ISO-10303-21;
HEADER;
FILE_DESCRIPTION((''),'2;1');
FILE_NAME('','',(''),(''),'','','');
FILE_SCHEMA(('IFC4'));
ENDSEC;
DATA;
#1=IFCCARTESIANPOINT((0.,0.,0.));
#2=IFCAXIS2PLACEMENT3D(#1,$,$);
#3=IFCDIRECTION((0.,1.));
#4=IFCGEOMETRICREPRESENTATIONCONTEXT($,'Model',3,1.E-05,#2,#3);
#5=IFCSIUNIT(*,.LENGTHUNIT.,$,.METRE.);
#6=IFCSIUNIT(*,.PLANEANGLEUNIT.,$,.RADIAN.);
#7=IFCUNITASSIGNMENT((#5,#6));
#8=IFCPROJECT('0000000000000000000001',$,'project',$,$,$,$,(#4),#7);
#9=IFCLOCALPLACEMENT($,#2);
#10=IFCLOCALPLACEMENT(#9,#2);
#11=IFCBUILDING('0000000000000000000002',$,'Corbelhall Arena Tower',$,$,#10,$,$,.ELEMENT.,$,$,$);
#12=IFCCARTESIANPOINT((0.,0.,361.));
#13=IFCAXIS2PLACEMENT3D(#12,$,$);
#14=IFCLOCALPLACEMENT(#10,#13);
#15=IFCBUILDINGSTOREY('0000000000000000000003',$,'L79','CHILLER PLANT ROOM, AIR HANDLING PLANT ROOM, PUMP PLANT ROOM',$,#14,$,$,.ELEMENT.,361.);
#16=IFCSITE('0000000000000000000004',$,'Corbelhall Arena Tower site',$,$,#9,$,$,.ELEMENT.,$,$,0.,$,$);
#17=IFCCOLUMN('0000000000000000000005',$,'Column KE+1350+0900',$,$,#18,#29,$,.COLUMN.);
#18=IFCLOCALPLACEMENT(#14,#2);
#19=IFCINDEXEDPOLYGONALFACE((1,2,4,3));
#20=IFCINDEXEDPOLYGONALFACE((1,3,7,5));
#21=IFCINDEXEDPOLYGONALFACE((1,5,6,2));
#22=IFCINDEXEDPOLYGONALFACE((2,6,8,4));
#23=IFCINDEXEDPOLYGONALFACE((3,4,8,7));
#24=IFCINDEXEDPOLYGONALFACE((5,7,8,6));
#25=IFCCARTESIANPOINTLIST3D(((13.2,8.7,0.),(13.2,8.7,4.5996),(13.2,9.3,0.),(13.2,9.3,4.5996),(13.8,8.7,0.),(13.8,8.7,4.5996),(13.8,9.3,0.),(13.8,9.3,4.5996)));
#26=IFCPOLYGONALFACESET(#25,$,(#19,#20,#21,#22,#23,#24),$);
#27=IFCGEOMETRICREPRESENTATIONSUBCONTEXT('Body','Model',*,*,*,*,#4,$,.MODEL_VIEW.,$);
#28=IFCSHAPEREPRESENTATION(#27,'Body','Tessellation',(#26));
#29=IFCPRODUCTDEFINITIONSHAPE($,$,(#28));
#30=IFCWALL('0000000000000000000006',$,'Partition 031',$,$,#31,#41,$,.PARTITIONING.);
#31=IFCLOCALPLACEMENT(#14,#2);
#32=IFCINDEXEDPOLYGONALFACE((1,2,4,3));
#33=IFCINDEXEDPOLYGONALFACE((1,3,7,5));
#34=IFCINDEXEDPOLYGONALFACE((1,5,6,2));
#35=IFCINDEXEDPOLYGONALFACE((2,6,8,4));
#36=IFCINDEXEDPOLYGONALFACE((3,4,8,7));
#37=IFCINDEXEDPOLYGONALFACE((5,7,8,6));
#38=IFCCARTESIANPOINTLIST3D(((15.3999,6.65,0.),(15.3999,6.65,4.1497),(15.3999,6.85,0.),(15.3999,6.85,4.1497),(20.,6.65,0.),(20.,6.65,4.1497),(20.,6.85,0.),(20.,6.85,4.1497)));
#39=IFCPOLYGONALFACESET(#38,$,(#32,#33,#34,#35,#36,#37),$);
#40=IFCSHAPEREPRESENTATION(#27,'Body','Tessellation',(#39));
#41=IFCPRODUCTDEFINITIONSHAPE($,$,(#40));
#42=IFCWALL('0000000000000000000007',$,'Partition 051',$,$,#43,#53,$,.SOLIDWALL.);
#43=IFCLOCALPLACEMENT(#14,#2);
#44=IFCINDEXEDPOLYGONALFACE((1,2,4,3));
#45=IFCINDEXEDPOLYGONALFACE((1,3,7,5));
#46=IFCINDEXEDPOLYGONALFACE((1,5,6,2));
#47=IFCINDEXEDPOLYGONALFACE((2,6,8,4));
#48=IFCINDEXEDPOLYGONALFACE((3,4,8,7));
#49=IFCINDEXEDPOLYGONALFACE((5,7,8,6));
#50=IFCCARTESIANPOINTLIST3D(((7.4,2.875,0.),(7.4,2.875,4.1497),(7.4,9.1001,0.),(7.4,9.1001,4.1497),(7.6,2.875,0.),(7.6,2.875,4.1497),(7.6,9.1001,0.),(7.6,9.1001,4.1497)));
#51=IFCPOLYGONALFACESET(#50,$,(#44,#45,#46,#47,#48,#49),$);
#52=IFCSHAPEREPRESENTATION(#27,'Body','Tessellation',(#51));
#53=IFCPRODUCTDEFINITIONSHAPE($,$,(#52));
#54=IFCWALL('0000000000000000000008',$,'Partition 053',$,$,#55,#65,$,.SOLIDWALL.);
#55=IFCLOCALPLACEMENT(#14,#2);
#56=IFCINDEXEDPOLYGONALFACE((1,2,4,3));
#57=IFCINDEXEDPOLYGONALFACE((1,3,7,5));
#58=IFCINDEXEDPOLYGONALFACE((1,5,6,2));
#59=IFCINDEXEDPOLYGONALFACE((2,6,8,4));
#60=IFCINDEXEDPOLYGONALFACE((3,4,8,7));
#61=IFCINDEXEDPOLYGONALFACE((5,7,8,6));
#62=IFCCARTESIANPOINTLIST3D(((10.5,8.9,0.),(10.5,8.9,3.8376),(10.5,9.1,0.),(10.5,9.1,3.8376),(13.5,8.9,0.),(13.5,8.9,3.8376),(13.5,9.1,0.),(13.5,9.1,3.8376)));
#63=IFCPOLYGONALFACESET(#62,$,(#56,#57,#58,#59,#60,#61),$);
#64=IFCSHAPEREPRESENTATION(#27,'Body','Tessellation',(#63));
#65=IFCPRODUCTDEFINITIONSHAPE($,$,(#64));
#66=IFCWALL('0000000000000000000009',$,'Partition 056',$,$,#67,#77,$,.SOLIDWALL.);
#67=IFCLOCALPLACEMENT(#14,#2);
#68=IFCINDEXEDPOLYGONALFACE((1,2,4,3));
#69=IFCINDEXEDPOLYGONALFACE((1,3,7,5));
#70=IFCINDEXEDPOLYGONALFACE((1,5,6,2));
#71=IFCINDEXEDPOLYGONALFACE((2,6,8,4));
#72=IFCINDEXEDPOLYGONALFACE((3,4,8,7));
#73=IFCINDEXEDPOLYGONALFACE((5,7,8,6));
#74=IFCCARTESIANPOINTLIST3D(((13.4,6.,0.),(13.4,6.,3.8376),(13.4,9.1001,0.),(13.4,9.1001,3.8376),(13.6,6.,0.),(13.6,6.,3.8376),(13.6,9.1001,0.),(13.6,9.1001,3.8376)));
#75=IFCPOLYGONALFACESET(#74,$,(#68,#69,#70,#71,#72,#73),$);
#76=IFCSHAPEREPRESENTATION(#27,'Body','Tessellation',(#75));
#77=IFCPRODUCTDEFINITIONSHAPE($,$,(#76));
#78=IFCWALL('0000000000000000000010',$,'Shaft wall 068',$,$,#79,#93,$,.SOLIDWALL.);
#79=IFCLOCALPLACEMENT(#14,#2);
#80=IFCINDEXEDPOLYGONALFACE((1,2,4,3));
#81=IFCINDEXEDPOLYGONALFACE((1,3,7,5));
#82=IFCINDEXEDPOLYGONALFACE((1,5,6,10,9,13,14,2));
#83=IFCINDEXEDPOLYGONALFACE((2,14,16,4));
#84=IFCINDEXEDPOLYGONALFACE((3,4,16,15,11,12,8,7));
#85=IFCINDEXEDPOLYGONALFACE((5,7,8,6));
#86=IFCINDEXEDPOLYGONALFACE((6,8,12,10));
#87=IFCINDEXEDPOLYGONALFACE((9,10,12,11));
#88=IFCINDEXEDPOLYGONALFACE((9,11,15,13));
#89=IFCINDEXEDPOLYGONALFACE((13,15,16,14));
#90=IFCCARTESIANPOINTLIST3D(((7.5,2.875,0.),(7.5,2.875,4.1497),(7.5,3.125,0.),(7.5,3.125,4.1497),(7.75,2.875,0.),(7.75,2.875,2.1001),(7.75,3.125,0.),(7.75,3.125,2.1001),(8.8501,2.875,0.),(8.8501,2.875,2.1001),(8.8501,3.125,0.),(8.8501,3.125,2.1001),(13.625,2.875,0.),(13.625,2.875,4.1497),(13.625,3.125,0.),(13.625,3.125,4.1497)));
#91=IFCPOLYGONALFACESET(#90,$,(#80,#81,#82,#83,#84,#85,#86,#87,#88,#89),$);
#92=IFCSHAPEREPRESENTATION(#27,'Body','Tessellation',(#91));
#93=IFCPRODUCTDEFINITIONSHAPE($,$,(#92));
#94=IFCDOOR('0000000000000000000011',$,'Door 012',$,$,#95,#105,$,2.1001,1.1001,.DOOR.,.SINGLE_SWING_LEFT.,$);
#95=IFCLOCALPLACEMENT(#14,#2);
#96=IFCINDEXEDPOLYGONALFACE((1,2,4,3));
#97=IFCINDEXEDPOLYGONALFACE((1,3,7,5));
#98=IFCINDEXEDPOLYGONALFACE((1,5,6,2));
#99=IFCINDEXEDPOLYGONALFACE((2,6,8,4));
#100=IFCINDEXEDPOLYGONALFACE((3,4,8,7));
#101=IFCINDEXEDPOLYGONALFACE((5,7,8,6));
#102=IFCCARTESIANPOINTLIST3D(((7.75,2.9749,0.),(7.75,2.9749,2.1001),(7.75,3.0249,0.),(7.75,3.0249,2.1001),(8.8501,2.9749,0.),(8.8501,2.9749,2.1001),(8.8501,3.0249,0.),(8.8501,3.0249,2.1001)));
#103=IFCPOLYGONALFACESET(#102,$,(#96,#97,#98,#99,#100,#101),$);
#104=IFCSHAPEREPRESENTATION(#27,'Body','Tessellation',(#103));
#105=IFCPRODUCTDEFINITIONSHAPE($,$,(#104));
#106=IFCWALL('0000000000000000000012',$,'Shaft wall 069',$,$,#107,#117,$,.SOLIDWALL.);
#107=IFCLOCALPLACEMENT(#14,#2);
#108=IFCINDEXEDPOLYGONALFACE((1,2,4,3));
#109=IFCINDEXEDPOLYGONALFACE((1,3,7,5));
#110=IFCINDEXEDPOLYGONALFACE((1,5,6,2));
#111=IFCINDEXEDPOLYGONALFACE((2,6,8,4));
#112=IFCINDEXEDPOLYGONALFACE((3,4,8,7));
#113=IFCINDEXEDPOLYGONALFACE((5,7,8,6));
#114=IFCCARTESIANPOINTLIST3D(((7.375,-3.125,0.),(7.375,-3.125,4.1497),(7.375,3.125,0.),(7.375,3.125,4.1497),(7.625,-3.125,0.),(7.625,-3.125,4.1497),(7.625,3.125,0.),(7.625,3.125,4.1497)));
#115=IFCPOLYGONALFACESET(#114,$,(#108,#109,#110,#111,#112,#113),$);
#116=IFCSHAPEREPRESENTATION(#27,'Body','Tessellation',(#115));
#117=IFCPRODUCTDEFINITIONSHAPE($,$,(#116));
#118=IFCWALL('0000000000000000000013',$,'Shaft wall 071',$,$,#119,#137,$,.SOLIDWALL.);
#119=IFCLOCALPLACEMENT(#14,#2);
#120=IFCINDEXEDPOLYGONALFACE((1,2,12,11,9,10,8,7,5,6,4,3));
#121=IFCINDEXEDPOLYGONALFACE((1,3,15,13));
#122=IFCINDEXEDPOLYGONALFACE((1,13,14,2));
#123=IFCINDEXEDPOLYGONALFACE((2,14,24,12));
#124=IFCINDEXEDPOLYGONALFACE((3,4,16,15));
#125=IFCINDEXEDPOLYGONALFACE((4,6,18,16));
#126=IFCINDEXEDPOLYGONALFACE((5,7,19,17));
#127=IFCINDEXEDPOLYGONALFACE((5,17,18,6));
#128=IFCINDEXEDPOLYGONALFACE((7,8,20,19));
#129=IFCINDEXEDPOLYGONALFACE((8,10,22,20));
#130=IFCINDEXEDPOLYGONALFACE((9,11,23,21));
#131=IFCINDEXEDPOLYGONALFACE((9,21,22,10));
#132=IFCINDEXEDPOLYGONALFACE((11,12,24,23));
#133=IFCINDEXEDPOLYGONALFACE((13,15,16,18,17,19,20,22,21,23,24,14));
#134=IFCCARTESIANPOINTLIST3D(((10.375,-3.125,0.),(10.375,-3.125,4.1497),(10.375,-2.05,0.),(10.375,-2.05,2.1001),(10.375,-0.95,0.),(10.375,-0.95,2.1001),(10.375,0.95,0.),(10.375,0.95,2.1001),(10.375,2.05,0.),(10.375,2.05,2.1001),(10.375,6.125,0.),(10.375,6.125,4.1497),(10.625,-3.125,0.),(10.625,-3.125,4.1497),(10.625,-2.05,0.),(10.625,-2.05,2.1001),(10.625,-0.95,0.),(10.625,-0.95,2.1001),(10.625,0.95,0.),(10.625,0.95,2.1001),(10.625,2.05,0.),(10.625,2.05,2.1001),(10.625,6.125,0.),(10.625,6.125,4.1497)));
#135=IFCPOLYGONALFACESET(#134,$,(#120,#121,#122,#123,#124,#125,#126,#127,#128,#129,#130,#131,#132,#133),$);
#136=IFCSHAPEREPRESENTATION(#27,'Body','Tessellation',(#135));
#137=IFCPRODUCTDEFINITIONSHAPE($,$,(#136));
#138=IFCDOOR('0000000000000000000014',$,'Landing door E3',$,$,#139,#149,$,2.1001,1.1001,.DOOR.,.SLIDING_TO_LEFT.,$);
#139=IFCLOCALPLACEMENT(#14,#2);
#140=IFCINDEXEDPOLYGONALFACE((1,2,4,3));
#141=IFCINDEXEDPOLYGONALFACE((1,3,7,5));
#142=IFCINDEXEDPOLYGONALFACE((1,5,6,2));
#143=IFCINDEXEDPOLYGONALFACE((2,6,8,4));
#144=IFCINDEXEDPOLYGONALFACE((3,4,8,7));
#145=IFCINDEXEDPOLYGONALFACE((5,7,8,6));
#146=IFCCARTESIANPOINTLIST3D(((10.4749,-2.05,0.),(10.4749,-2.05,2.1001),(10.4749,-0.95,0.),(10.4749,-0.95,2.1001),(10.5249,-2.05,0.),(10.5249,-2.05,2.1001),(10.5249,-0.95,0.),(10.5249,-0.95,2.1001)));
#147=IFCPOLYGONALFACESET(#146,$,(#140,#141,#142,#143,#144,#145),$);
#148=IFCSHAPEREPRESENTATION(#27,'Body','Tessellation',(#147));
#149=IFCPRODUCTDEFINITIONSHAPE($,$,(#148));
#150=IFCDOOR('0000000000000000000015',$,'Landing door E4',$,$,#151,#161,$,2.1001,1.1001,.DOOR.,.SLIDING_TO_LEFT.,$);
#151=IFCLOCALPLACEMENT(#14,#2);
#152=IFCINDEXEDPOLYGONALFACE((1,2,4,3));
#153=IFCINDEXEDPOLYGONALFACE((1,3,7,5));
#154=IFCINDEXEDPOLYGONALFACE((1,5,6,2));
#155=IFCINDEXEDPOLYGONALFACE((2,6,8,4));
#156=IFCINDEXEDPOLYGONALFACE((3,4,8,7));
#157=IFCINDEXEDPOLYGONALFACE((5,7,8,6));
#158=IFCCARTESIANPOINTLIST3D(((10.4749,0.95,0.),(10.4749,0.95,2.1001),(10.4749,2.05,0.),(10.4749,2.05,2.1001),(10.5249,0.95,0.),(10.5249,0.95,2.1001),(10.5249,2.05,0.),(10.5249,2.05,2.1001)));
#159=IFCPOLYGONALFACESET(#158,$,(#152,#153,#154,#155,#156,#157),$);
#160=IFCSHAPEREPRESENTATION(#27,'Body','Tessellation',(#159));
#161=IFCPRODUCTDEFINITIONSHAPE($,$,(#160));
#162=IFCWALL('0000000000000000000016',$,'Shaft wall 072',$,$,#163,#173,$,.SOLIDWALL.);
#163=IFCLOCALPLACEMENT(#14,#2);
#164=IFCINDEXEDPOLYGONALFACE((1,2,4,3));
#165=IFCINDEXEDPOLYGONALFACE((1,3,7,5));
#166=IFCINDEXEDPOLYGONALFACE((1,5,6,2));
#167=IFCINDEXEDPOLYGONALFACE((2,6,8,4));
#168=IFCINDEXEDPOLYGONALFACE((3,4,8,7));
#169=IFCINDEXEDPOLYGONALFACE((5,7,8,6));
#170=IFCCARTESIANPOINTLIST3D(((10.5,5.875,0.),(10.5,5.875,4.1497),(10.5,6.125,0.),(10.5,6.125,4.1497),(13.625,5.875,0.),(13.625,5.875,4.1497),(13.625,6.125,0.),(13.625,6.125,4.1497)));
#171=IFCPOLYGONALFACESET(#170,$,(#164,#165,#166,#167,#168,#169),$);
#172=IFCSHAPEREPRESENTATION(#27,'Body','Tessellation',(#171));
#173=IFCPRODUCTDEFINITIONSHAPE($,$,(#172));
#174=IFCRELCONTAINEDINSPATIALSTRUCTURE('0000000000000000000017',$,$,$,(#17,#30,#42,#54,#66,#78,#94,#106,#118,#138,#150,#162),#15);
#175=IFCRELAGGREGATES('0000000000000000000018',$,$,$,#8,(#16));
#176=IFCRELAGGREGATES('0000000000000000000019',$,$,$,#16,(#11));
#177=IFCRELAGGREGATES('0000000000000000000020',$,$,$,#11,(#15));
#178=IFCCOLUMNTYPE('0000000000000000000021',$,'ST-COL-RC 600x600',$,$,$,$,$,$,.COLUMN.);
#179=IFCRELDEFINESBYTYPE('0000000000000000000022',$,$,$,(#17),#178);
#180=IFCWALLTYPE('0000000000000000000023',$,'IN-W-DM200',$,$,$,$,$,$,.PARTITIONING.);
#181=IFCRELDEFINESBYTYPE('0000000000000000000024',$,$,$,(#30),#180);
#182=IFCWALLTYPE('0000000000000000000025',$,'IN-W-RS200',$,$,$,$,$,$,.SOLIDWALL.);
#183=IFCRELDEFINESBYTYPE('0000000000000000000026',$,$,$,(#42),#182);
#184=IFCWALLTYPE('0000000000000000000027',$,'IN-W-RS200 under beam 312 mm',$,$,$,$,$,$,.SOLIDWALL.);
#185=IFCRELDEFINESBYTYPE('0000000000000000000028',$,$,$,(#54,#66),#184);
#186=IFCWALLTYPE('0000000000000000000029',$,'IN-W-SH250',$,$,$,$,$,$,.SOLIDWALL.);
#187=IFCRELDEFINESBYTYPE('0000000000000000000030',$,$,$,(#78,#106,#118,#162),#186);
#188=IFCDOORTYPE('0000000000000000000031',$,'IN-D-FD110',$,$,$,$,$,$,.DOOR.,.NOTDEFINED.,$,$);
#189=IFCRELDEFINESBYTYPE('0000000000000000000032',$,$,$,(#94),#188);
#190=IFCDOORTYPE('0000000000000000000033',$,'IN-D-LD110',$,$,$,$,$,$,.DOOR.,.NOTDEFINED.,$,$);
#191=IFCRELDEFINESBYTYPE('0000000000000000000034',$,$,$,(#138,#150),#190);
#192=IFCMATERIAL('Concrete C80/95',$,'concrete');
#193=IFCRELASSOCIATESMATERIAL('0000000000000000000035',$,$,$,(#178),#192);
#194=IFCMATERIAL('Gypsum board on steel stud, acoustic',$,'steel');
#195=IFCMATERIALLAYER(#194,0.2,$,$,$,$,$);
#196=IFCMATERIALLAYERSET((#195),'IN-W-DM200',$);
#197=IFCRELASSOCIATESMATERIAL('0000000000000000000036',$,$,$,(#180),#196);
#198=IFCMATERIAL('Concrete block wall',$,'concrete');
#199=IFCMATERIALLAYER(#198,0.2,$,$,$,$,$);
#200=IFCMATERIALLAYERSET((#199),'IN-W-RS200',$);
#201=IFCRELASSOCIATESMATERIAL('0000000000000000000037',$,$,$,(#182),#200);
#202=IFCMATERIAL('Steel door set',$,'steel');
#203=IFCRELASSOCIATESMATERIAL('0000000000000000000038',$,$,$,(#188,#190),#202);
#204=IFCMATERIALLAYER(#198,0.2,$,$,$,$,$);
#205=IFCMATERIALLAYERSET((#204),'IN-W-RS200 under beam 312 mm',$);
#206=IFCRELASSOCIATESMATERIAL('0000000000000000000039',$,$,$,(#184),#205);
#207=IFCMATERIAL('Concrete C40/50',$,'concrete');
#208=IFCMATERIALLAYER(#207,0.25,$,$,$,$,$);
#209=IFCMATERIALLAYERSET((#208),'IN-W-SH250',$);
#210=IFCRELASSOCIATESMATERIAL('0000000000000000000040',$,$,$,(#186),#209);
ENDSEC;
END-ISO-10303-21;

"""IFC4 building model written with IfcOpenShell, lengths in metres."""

from ifc_helpers import new_model, si_unit, direction, frame, frame_2d, origin, origin_2d, place, context, subcontext, project, spatial, rectangle, extrude, material, layer, layer_set, material_profile, profile_set, type_object, element, fill, save


model = new_model("IFC4")

# Units and contexts
model_context = context("Model", 3, precision=1e-05, world=origin(), true_north=direction((0.0, 1.0)))
body_context = subcontext(model_context, "Body", "Model", "MODEL_VIEW")
ifc_project = project(units=[si_unit("LENGTHUNIT", "METRE"), si_unit("PLANEANGLEUNIT", "RADIAN")], contexts=[model_context])

# Site, building, storey
site_placement = place(None, origin())
site = spatial("IfcSite", under=ifc_project, at=site_placement, Name="Corbelhall Arena Tower site", CompositionType="ELEMENT", RefElevation=0.0)
building_placement = place(site_placement, origin())
building = spatial("IfcBuilding", under=site, at=building_placement, Name="Corbelhall Arena Tower", CompositionType="ELEMENT")
storey_placement = place(building_placement, frame((0.0, 0.0, 361.0)))
storey = spatial("IfcBuildingStorey", under=building, at=storey_placement, Name="L79", Description="CHILLER PLANT ROOM, AIR HANDLING PLANT ROOM, PUMP PLANT ROOM", CompositionType="ELEMENT", Elevation=361.0)

# Column
ifc_material_1 = material(Name="Concrete C80/95", Category="concrete")
ifc_material_profile = material_profile(ifc_material_1, rectangle(XDim=0.6001, YDim=0.6001, at=origin_2d()))
ifc_profile_set = profile_set([ifc_material_profile], Name="Concrete C80/95")
column_type = type_object("IfcColumnType", Name="ST-COL-RC 600x600", PredefinedType="COLUMN", material=ifc_profile_set)
column_placement = place(storey_placement, frame((13.5, 9.0, 0.0), z_axis=(0.0, 0.0, 1.0), x_axis=(1.0, 0.0, 0.0)))
element("IfcColumn", 1, at=column_placement, inside=storey, type_object=column_type, Name="Column KE+1350+0900", PredefinedType="COLUMN", context=body_context, shape_type="SweptSolid", body=[
    extrude(rectangle(XDim=0.6001, YDim=0.6001, at=origin_2d()), origin(), (0.0, 0.0, 1.0), 4.5996),
])

# Shared definitions
ifc_material_2 = material(Name="Gypsum board on steel stud, acoustic", Category="steel")
ifc_layer_1 = layer(ifc_material_2, 0.2)
ifc_layer_set_1 = layer_set([ifc_layer_1], Name="IN-W-DM200")
wall_type_1 = type_object("IfcWallType", Name="IN-W-DM200", PredefinedType="PARTITIONING", material=ifc_layer_set_1)
ifc_material_3 = material(Name="Steel door set", Category="steel")

# Walls
wall_1_placement = place(storey_placement, frame((15.3999, 6.75, 0.0), z_axis=(0.0, 0.0, 1.0), x_axis=(1.0, 0.0, 0.0)))
element("IfcWall", 2, at=wall_1_placement, inside=storey, type_object=wall_type_1, Name="Partition 031", PredefinedType="PARTITIONING", context=body_context, shape_type="SweptSolid", body=[
    extrude(rectangle(XDim=4.6001, YDim=0.2, at=frame_2d((2.3, 0.0))), origin(), (0.0, 0.0, 1.0), 4.1497),
])
ifc_material_4 = material(Name="Concrete block wall", Category="concrete")
ifc_layer_2 = layer(ifc_material_4, 0.2)
ifc_layer_set_2 = layer_set([ifc_layer_2], Name="IN-W-RS200")
wall_type_2 = type_object("IfcWallType", Name="IN-W-RS200", PredefinedType="SOLIDWALL", material=ifc_layer_set_2)
wall_2_placement = place(storey_placement, frame((7.5, 9.1001, 0.0), z_axis=(0.0, 0.0, 1.0), x_axis=(0.0, -1.0, 0.0)))
element("IfcWall", 3, at=wall_2_placement, inside=storey, type_object=wall_type_2, Name="Partition 051", PredefinedType="SOLIDWALL", context=body_context, shape_type="SweptSolid", body=[
    extrude(rectangle(XDim=6.2251, YDim=0.2, at=frame_2d((3.1125, 0.0))), origin(), (0.0, 0.0, 1.0), 4.1497),
])

# Shared definitions
door_type_1 = type_object("IfcDoorType", Name="IN-D-FD110", OperationType="NOTDEFINED", PredefinedType="DOOR", material=ifc_material_3)

# Walls
ifc_layer_3 = layer(ifc_material_4, 0.2)
ifc_layer_set_3 = layer_set([ifc_layer_3], Name="IN-W-RS200 under beam 312 mm")
wall_type_3 = type_object("IfcWallType", Name="IN-W-RS200 under beam 312 mm", PredefinedType="SOLIDWALL", material=ifc_layer_set_3)
wall_3_placement = place(storey_placement, frame((10.5, 9.0, 0.0), z_axis=(0.0, 0.0, 1.0), x_axis=(1.0, 0.0, 0.0)))
element("IfcWall", 4, at=wall_3_placement, inside=storey, type_object=wall_type_3, Name="Partition 053", PredefinedType="SOLIDWALL", context=body_context, shape_type="SweptSolid", body=[
    extrude(rectangle(XDim=3.0, YDim=0.2, at=frame_2d((1.5, 0.0))), origin(), (0.0, 0.0, 1.0), 3.8376),
])
wall_4_placement = place(storey_placement, frame((13.5, 9.1001, 0.0), z_axis=(0.0, 0.0, 1.0), x_axis=(0.0, -1.0, 0.0)))
element("IfcWall", 5, at=wall_4_placement, inside=storey, type_object=wall_type_3, Name="Partition 056", PredefinedType="SOLIDWALL", context=body_context, shape_type="SweptSolid", body=[
    extrude(rectangle(XDim=3.1001, YDim=0.2, at=frame_2d((1.55, 0.0))), origin(), (0.0, 0.0, 1.0), 3.8376),
])

# Wall, opening, door
ifc_material_5 = material(Name="Concrete C40/50", Category="concrete")
ifc_layer_4 = layer(ifc_material_5, 0.25)
ifc_layer_set_4 = layer_set([ifc_layer_4], Name="IN-W-SH250")
wall_type_4 = type_object("IfcWallType", Name="IN-W-SH250", PredefinedType="SOLIDWALL", material=ifc_layer_set_4)
wall_5_placement = place(storey_placement, frame((7.5, 3.0, 0.0), z_axis=(0.0, 0.0, 1.0), x_axis=(1.0, 0.0, 0.0)))
wall_5 = element("IfcWall", 6, at=wall_5_placement, inside=storey, type_object=wall_type_4, Name="Shaft wall 068", PredefinedType="SOLIDWALL", context=body_context, shape_type="SweptSolid", body=[
    extrude(rectangle(XDim=6.125, YDim=0.25, at=frame_2d((3.0625, 0.0))), origin(), (0.0, 0.0, 1.0), 4.1497),
])
opening_1_placement = place(wall_5_placement, frame((0.25, 0.0, 0.0)))
opening_1 = element("IfcOpeningElement", 7, at=opening_1_placement, cuts=wall_5, PredefinedType="OPENING", context=body_context, shape_type="SweptSolid", body=[
    extrude(rectangle(XDim=1.1001, YDim=2.1001, at=frame_2d((0.55, 1.05))), frame((0.0, 0.125, 0.0), z_axis=(0.0, -1.0, 0.0), x_axis=(1.0, 0.0, 0.0)), (0.0, 0.0, 1.0), 0.25),
])
door_1_placement = place(opening_1_placement, origin())
door_1 = element("IfcDoor", 8, at=door_1_placement, inside=storey, type_object=door_type_1, Name="Door 012", OperationType="SINGLE_SWING_LEFT", OverallHeight=2.1001, OverallWidth=1.1001, PredefinedType="DOOR", context=body_context, shape_type="SweptSolid", body=[
    extrude(rectangle(XDim=1.1001, YDim=2.1001, at=frame_2d((0.55, 1.05))), frame((0.0, 0.0249, 0.0), z_axis=(0.0, -1.0, 0.0), x_axis=(1.0, 0.0, 0.0)), (0.0, 0.0, 1.0), 0.05),
])
fill(opening_1, door_1)

# Wall
wall_6_placement = place(storey_placement, frame((7.5, 3.125, 0.0), z_axis=(0.0, 0.0, 1.0), x_axis=(0.0, -1.0, 0.0)))
element("IfcWall", 9, at=wall_6_placement, inside=storey, type_object=wall_type_4, Name="Shaft wall 069", PredefinedType="SOLIDWALL", context=body_context, shape_type="SweptSolid", body=[
    extrude(rectangle(XDim=6.25, YDim=0.25, at=frame_2d((3.125, 0.0))), origin(), (0.0, 0.0, 1.0), 4.1497),
])

# Wall, openings, doors
wall_7_placement = place(storey_placement, frame((10.5, 6.125, 0.0), z_axis=(0.0, 0.0, 1.0), x_axis=(0.0, -1.0, 0.0)))
wall_7 = element("IfcWall", 10, at=wall_7_placement, inside=storey, type_object=wall_type_4, Name="Shaft wall 071", PredefinedType="SOLIDWALL", context=body_context, shape_type="SweptSolid", body=[
    extrude(rectangle(XDim=9.25, YDim=0.25, at=frame_2d((4.625, 0.0))), origin(), (0.0, 0.0, 1.0), 4.1497),
])
opening_2_placement = place(wall_7_placement, frame((7.075, 0.0, 0.0)))
opening_2 = element("IfcOpeningElement", 11, at=opening_2_placement, cuts=wall_7, PredefinedType="OPENING", context=body_context, shape_type="SweptSolid", body=[
    extrude(rectangle(XDim=1.1001, YDim=2.1001, at=frame_2d((0.55, 1.05))), frame((0.0, 0.125, 0.0), z_axis=(0.0, -1.0, 0.0), x_axis=(1.0, 0.0, 0.0)), (0.0, 0.0, 1.0), 0.25),
])
opening_3_placement = place(wall_7_placement, frame((4.075, 0.0, 0.0)))
opening_3 = element("IfcOpeningElement", 12, at=opening_3_placement, cuts=wall_7, PredefinedType="OPENING", context=body_context, shape_type="SweptSolid", body=[
    extrude(rectangle(XDim=1.1001, YDim=2.1001, at=frame_2d((0.55, 1.05))), frame((0.0, 0.125, 0.0), z_axis=(0.0, -1.0, 0.0), x_axis=(1.0, 0.0, 0.0)), (0.0, 0.0, 1.0), 0.25),
])
door_type_2 = type_object("IfcDoorType", Name="IN-D-LD110", OperationType="NOTDEFINED", PredefinedType="DOOR", material=ifc_material_3)
door_2_placement = place(opening_2_placement, origin())
door_2 = element("IfcDoor", 13, at=door_2_placement, inside=storey, type_object=door_type_2, Name="Landing door E3", OperationType="SLIDING_TO_LEFT", OverallHeight=2.1001, OverallWidth=1.1001, PredefinedType="DOOR", context=body_context, shape_type="SweptSolid", body=[
    extrude(rectangle(XDim=1.1001, YDim=2.1001, at=frame_2d((0.55, 1.05))), frame((0.0, 0.0249, 0.0), z_axis=(0.0, -1.0, 0.0), x_axis=(1.0, 0.0, 0.0)), (0.0, 0.0, 1.0), 0.05),
])
fill(opening_2, door_2)
door_3_placement = place(opening_3_placement, origin())
door_3 = element("IfcDoor", 14, at=door_3_placement, inside=storey, type_object=door_type_2, Name="Landing door E4", OperationType="SLIDING_TO_LEFT", OverallHeight=2.1001, OverallWidth=1.1001, PredefinedType="DOOR", context=body_context, shape_type="SweptSolid", body=[
    extrude(rectangle(XDim=1.1001, YDim=2.1001, at=frame_2d((0.55, 1.05))), frame((0.0, 0.0249, 0.0), z_axis=(0.0, -1.0, 0.0), x_axis=(1.0, 0.0, 0.0)), (0.0, 0.0, 1.0), 0.05),
])
fill(opening_3, door_3)

# Wall
wall_8_placement = place(storey_placement, frame((10.5, 6.0, 0.0), z_axis=(0.0, 0.0, 1.0), x_axis=(1.0, 0.0, 0.0)))
element("IfcWall", 15, at=wall_8_placement, inside=storey, type_object=wall_type_4, Name="Shaft wall 072", PredefinedType="SOLIDWALL", context=body_context, shape_type="SweptSolid", body=[
    extrude(rectangle(XDim=3.125, YDim=0.25, at=frame_2d((1.5625, 0.0))), origin(), (0.0, 0.0, 1.0), 4.1497),
])

save(model, "model.ifc")
